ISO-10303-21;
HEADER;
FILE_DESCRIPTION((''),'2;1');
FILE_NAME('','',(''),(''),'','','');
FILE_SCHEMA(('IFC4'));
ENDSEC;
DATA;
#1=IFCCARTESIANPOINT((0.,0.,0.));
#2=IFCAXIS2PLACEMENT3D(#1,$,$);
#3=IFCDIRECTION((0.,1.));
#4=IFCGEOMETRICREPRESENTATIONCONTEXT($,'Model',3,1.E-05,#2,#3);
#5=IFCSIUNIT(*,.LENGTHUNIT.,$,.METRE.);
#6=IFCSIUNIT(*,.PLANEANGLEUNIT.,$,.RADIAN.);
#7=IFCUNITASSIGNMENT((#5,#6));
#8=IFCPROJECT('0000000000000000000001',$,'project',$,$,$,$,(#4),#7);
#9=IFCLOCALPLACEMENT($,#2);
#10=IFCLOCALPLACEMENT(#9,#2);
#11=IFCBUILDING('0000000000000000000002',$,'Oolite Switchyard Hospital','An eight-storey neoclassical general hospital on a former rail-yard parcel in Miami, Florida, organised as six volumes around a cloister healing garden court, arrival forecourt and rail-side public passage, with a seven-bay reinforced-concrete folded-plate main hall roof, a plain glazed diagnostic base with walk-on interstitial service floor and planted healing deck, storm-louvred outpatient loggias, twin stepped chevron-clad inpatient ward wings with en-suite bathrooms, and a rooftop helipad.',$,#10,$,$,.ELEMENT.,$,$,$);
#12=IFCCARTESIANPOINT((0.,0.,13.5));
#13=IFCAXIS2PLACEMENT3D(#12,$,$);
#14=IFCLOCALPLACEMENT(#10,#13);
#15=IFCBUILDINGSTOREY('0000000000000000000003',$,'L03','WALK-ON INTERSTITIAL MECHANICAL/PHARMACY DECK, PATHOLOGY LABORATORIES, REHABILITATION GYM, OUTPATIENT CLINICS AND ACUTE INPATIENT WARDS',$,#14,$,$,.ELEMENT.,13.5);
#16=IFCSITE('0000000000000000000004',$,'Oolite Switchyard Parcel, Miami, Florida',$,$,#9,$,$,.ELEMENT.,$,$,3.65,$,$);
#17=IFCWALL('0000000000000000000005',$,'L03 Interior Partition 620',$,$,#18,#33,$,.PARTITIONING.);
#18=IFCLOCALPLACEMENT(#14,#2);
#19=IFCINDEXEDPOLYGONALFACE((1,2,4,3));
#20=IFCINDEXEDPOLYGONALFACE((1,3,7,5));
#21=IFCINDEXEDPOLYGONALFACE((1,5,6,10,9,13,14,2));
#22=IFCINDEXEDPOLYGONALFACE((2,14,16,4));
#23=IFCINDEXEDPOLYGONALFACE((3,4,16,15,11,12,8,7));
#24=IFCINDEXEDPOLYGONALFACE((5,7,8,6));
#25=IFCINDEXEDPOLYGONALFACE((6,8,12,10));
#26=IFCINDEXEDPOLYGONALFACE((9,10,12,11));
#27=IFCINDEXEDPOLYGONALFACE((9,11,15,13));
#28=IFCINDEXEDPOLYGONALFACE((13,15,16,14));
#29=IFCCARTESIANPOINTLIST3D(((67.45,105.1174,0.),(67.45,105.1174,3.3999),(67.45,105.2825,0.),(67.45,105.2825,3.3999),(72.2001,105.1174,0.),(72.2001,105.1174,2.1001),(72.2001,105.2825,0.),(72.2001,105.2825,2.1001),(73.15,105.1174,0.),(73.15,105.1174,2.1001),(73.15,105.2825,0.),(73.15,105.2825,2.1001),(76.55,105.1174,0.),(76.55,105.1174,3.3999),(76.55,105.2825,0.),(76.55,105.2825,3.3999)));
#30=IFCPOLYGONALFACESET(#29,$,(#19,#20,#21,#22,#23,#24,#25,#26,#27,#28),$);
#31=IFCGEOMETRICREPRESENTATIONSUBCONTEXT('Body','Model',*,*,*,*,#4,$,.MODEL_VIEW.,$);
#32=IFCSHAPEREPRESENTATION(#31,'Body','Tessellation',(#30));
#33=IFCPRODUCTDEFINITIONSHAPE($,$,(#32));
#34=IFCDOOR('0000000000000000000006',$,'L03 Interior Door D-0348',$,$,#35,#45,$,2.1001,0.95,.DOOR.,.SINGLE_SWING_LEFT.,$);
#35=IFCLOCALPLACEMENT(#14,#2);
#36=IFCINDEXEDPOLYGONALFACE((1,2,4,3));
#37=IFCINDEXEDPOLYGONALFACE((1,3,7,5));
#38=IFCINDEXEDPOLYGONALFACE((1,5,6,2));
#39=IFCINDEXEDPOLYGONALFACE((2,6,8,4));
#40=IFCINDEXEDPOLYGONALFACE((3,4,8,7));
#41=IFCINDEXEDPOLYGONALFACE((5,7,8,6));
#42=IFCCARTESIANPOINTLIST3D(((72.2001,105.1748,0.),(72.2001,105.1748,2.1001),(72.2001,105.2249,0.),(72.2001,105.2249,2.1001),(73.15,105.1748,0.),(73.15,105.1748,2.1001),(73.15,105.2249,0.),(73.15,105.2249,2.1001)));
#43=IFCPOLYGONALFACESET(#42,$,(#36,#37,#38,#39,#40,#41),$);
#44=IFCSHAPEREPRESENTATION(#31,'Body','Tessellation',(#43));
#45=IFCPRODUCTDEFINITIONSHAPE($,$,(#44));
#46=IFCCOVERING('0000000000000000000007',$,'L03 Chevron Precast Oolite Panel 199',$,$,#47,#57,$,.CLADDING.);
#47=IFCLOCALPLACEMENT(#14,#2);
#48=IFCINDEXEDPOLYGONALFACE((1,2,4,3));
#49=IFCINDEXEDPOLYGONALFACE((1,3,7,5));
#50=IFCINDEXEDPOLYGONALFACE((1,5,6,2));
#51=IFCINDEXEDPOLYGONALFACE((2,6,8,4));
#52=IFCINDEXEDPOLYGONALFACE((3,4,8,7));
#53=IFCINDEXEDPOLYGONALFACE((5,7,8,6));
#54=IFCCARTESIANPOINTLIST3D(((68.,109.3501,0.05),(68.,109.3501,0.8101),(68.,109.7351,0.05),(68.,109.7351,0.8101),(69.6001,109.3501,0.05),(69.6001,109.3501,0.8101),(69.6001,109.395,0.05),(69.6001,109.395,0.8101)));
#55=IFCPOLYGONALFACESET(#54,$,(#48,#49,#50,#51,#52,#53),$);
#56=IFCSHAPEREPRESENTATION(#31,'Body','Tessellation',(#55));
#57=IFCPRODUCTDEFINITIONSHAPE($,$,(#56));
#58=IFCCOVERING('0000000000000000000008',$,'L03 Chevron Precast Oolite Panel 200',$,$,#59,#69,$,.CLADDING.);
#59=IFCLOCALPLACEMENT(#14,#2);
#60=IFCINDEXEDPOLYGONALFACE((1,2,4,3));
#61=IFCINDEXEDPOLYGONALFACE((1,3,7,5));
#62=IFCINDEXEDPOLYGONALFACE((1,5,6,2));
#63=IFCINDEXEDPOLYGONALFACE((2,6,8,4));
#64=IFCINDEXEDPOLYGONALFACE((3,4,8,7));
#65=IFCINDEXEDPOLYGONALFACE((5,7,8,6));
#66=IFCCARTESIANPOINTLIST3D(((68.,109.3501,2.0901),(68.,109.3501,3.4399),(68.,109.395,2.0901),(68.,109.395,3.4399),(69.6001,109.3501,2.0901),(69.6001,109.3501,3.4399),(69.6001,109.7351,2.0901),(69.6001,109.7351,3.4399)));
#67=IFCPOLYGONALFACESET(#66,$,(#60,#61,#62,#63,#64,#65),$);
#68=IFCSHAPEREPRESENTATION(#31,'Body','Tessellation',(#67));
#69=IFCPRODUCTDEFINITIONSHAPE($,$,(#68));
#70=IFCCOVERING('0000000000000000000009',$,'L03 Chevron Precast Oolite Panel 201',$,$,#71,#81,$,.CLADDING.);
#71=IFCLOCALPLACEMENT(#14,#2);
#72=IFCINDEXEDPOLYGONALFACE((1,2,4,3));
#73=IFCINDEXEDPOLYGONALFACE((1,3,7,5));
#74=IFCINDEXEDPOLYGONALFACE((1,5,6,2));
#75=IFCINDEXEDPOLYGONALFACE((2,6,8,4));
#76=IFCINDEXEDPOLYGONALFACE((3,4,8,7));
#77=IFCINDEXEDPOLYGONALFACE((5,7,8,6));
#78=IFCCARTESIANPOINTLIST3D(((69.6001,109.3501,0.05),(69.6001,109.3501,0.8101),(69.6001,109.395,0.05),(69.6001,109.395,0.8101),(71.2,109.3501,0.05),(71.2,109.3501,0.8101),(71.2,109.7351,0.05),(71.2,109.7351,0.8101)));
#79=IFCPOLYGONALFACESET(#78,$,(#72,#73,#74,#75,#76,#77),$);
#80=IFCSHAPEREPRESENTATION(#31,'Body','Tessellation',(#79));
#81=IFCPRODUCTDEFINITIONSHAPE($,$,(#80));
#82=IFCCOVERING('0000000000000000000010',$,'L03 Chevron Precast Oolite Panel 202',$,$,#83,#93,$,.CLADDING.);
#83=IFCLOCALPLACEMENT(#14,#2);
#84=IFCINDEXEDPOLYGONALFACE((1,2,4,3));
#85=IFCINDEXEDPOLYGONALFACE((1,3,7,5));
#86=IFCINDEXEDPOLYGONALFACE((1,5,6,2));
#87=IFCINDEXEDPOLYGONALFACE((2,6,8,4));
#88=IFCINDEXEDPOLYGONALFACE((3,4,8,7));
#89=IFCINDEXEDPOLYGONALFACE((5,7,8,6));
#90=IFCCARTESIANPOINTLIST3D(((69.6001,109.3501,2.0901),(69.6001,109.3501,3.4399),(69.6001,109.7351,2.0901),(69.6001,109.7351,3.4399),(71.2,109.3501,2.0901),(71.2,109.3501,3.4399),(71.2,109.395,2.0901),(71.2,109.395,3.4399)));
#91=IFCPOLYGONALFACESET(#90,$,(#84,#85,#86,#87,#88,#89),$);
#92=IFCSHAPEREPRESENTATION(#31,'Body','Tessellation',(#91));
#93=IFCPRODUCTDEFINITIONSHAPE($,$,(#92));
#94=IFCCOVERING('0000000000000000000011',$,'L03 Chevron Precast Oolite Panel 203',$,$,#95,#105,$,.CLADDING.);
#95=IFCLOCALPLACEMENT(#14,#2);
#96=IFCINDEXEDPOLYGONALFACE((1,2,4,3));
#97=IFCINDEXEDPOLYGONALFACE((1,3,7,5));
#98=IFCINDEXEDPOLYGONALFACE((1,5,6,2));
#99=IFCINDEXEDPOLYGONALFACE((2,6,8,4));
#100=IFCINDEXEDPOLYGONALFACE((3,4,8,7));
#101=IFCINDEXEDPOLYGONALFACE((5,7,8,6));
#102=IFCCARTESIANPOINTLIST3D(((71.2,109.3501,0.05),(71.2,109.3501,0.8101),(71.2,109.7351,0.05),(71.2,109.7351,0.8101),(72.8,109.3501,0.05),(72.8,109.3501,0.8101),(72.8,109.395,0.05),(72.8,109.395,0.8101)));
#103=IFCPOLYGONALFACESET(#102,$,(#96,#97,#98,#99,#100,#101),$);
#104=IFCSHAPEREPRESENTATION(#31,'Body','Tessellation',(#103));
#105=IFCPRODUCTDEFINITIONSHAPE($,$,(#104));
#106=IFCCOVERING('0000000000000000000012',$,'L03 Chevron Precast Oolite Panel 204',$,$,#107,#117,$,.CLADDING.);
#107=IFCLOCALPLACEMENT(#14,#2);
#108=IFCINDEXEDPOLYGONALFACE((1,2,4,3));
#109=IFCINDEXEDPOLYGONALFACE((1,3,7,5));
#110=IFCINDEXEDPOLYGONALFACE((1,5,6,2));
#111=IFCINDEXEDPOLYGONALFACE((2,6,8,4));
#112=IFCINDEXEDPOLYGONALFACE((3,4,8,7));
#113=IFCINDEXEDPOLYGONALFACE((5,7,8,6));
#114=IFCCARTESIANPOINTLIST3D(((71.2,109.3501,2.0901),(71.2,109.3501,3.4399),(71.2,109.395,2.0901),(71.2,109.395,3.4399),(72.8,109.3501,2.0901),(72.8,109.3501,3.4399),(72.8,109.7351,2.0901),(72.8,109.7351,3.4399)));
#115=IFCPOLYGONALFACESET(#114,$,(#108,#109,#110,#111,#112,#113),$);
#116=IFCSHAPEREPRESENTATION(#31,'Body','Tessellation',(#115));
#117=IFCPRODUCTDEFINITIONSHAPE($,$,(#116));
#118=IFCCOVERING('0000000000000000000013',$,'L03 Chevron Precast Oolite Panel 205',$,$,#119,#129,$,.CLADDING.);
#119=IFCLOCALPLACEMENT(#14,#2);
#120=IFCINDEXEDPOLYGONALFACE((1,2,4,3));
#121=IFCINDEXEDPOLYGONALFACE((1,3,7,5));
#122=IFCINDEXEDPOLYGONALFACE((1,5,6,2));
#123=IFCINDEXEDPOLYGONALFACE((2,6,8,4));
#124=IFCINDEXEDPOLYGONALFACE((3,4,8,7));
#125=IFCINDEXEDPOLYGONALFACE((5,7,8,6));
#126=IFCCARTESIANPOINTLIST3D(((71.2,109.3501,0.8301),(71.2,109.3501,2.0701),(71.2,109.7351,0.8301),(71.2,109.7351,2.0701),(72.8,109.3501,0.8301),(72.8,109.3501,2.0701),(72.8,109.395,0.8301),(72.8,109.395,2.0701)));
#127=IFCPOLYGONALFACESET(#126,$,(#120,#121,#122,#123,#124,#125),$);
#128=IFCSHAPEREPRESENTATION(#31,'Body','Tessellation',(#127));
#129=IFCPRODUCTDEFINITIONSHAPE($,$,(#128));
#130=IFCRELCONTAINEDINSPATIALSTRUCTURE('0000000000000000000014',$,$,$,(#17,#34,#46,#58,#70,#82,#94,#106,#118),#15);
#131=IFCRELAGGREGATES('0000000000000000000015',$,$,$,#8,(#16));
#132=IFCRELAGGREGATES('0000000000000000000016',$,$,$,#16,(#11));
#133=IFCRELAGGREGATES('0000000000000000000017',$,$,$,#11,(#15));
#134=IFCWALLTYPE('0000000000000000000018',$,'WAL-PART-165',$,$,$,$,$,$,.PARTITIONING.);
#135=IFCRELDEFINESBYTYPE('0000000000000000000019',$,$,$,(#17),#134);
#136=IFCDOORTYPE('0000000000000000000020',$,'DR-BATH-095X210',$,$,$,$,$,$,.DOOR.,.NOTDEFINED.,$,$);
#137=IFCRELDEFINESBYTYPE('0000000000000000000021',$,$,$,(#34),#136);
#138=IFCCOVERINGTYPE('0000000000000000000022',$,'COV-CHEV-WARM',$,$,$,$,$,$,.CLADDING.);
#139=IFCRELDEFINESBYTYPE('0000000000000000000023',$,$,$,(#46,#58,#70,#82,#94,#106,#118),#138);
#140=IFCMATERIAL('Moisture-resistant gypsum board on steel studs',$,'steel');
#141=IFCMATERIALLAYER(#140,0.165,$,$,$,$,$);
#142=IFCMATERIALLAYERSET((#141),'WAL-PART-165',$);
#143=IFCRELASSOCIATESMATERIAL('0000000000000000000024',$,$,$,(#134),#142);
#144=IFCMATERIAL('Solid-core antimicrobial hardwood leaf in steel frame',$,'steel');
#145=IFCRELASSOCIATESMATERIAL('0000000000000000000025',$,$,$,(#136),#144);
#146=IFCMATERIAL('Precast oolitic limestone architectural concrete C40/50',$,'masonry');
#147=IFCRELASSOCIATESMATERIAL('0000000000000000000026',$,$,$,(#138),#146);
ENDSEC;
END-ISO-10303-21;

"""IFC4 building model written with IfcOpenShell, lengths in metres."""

from ifc_helpers import new_model, si_unit, direction, frame, frame_2d, origin, place, context, subcontext, project, spatial, polyline, rectangle, outline, extrude, material, layer, layer_set, type_object, element, fill, save


model = new_model("IFC4")

# Units and contexts
model_context = context("Model", 3, precision=1e-05, world=origin(), true_north=direction((0.0, 1.0)))
body_context = subcontext(model_context, "Body", "Model", "MODEL_VIEW")
ifc_project = project(units=[si_unit("LENGTHUNIT", "METRE"), si_unit("PLANEANGLEUNIT", "RADIAN")], contexts=[model_context])

# Site, building, storey
site_placement = place(None, origin())
site = spatial("IfcSite", under=ifc_project, at=site_placement, Name="Oolite Switchyard Parcel, Miami, Florida", CompositionType="ELEMENT", RefElevation=3.65)
building_placement = place(site_placement, origin())
building = spatial("IfcBuilding", under=site, at=building_placement, Name="Oolite Switchyard Hospital", Description="An eight-storey neoclassical general hospital on a former rail-yard parcel in Miami, Florida, organised as six volumes around a cloister healing garden court, arrival forecourt and rail-side public passage, with a seven-bay reinforced-concrete folded-plate main hall roof, a plain glazed diagnostic base with walk-on interstitial service floor and planted healing deck, storm-louvred outpatient loggias, twin stepped chevron-clad inpatient ward wings with en-suite bathrooms, and a rooftop helipad.", CompositionType="ELEMENT")
storey_placement = place(building_placement, frame((0.0, 0.0, 13.5)))
storey = spatial("IfcBuildingStorey", under=building, at=storey_placement, Name="L03", Description="WALK-ON INTERSTITIAL MECHANICAL/PHARMACY DECK, PATHOLOGY LABORATORIES, REHABILITATION GYM, OUTPATIENT CLINICS AND ACUTE INPATIENT WARDS", CompositionType="ELEMENT", Elevation=13.5)

# Shared definitions
ifc_material_1 = material(Name="Precast oolitic limestone architectural concrete C40/50", Category="masonry")

# Shared definitions
ifc_material_2 = material(Name="Moisture-resistant gypsum board on steel studs", Category="steel")

# Wall, opening, door
ifc_layer_1 = layer(ifc_material_2, 0.165)
ifc_layer_set_1 = layer_set([ifc_layer_1], Name="WAL-PART-165")
wall_type_1 = type_object("IfcWallType", Name="WAL-PART-165", PredefinedType="PARTITIONING", material=ifc_layer_set_1)
ifc_material_3 = material(Name="Solid-core antimicrobial hardwood leaf in steel frame", Category="steel")
wall_1_placement = place(storey_placement, frame((67.45, 105.2, 0.0), z_axis=(0.0, 0.0, 1.0), x_axis=(1.0, 0.0, 0.0)))
wall_1 = element("IfcWall", 1, at=wall_1_placement, inside=storey, type_object=wall_type_1, Name="L03 Interior Partition 620", PredefinedType="PARTITIONING", context=body_context, shape_type="SweptSolid", body=[
    extrude(rectangle(XDim=9.1001, YDim=0.165, at=frame_2d((4.55, 0.0))), origin(), (0.0, 0.0, 1.0), 3.3999),
])
opening_1_placement = place(wall_1_placement, frame((4.75, 0.0, 0.0)))
opening_1 = element("IfcOpeningElement", 2, at=opening_1_placement, cuts=wall_1, PredefinedType="OPENING", context=body_context, shape_type="SweptSolid", body=[
    extrude(rectangle(XDim=0.95, YDim=2.1001, at=frame_2d((0.4751, 1.05))), frame((0.0, 0.0925, 0.0), z_axis=(0.0, -1.0, 0.0), x_axis=(1.0, 0.0, 0.0)), (0.0, 0.0, 1.0), 0.1851),
])
door_type_1 = type_object("IfcDoorType", Name="DR-BATH-095X210", OperationType="NOTDEFINED", PredefinedType="DOOR", material=ifc_material_3)
door_1_placement = place(opening_1_placement, origin())
door_1 = element("IfcDoor", 3, at=door_1_placement, inside=storey, type_object=door_type_1, Name="L03 Interior Door D-0348", OperationType="SINGLE_SWING_LEFT", OverallHeight=2.1001, OverallWidth=0.95, PredefinedType="DOOR", context=body_context, shape_type="SweptSolid", body=[
    extrude(rectangle(XDim=0.95, YDim=2.1001, at=frame_2d((0.4751, 1.05))), frame((0.0, 0.0249, 0.0), z_axis=(0.0, -1.0, 0.0), x_axis=(1.0, 0.0, 0.0)), (0.0, 0.0, 1.0), 0.05),
])
fill(opening_1, door_1)

# Coverings
covering_type = type_object("IfcCoveringType", Name="COV-CHEV-WARM", PredefinedType="CLADDING", material=ifc_material_1)
covering_1_placement = place(storey_placement, frame((68.0, 109.3501, 0.05), z_axis=(0.0, 0.0, 1.0), x_axis=(1.0, 0.0, 0.0)))
element("IfcCovering", 4, at=covering_1_placement, inside=storey, type_object=covering_type, Name="L03 Chevron Precast Oolite Panel 199", PredefinedType="CLADDING", context=body_context, shape_type="SweptSolid", body=[
    extrude(outline(polyline([(0.0, 0.0), (1.6001, 0.0), (1.6001, 0.0449), (0.0, 0.385), (0.0, 0.0)])), origin(), (0.0, 0.0, 1.0), 0.76),
])
covering_2_placement = place(storey_placement, frame((68.0, 109.3501, 2.0901), z_axis=(0.0, 0.0, 1.0), x_axis=(1.0, 0.0, 0.0)))
element("IfcCovering", 5, at=covering_2_placement, inside=storey, type_object=covering_type, Name="L03 Chevron Precast Oolite Panel 200", PredefinedType="CLADDING", context=body_context, shape_type="SweptSolid", body=[
    extrude(outline(polyline([(0.0, 0.0), (1.6001, 0.0), (1.6001, 0.385), (0.0, 0.0449), (0.0, 0.0)])), origin(), (0.0, 0.0, 1.0), 1.3499),
])
covering_3_placement = place(storey_placement, frame((69.6001, 109.3501, 0.05), z_axis=(0.0, 0.0, 1.0), x_axis=(1.0, 0.0, 0.0)))
element("IfcCovering", 6, at=covering_3_placement, inside=storey, type_object=covering_type, Name="L03 Chevron Precast Oolite Panel 201", PredefinedType="CLADDING", context=body_context, shape_type="SweptSolid", body=[
    extrude(outline(polyline([(0.0, 0.0), (1.5999, 0.0), (1.5999, 0.385), (0.0, 0.0449), (0.0, 0.0)])), origin(), (0.0, 0.0, 1.0), 0.76),
])
covering_4_placement = place(storey_placement, frame((69.6001, 109.3501, 2.0901), z_axis=(0.0, 0.0, 1.0), x_axis=(1.0, 0.0, 0.0)))
element("IfcCovering", 7, at=covering_4_placement, inside=storey, type_object=covering_type, Name="L03 Chevron Precast Oolite Panel 202", PredefinedType="CLADDING", context=body_context, shape_type="SweptSolid", body=[
    extrude(outline(polyline([(0.0, 0.0), (1.5999, 0.0), (1.5999, 0.0449), (0.0, 0.385), (0.0, 0.0)])), origin(), (0.0, 0.0, 1.0), 1.3499),
])
covering_5_placement = place(storey_placement, frame((71.2, 109.3501, 0.05), z_axis=(0.0, 0.0, 1.0), x_axis=(1.0, 0.0, 0.0)))
element("IfcCovering", 8, at=covering_5_placement, inside=storey, type_object=covering_type, Name="L03 Chevron Precast Oolite Panel 203", PredefinedType="CLADDING", context=body_context, shape_type="SweptSolid", body=[
    extrude(outline(polyline([(0.0, 0.0), (1.6001, 0.0), (1.6001, 0.0449), (0.0, 0.385), (0.0, 0.0)])), origin(), (0.0, 0.0, 1.0), 0.76),
])
covering_6_placement = place(storey_placement, frame((71.2, 109.3501, 2.0901), z_axis=(0.0, 0.0, 1.0), x_axis=(1.0, 0.0, 0.0)))
element("IfcCovering", 9, at=covering_6_placement, inside=storey, type_object=covering_type, Name="L03 Chevron Precast Oolite Panel 204", PredefinedType="CLADDING", context=body_context, shape_type="SweptSolid", body=[
    extrude(outline(polyline([(0.0, 0.0), (1.6001, 0.0), (1.6001, 0.385), (0.0, 0.0449), (0.0, 0.0)])), origin(), (0.0, 0.0, 1.0), 1.3499),
])
covering_7_placement = place(storey_placement, frame((71.2, 109.3501, 0.8301), z_axis=(0.0, 0.0, 1.0), x_axis=(1.0, 0.0, 0.0)))
element("IfcCovering", 10, at=covering_7_placement, inside=storey, type_object=covering_type, Name="L03 Chevron Precast Oolite Panel 205", PredefinedType="CLADDING", context=body_context, shape_type="SweptSolid", body=[
    extrude(outline(polyline([(0.0, 0.0), (1.6001, 0.0), (1.6001, 0.0449), (0.0, 0.385), (0.0, 0.0)])), origin(), (0.0, 0.0, 1.0), 1.24),
])

save(model, "model.ifc")
